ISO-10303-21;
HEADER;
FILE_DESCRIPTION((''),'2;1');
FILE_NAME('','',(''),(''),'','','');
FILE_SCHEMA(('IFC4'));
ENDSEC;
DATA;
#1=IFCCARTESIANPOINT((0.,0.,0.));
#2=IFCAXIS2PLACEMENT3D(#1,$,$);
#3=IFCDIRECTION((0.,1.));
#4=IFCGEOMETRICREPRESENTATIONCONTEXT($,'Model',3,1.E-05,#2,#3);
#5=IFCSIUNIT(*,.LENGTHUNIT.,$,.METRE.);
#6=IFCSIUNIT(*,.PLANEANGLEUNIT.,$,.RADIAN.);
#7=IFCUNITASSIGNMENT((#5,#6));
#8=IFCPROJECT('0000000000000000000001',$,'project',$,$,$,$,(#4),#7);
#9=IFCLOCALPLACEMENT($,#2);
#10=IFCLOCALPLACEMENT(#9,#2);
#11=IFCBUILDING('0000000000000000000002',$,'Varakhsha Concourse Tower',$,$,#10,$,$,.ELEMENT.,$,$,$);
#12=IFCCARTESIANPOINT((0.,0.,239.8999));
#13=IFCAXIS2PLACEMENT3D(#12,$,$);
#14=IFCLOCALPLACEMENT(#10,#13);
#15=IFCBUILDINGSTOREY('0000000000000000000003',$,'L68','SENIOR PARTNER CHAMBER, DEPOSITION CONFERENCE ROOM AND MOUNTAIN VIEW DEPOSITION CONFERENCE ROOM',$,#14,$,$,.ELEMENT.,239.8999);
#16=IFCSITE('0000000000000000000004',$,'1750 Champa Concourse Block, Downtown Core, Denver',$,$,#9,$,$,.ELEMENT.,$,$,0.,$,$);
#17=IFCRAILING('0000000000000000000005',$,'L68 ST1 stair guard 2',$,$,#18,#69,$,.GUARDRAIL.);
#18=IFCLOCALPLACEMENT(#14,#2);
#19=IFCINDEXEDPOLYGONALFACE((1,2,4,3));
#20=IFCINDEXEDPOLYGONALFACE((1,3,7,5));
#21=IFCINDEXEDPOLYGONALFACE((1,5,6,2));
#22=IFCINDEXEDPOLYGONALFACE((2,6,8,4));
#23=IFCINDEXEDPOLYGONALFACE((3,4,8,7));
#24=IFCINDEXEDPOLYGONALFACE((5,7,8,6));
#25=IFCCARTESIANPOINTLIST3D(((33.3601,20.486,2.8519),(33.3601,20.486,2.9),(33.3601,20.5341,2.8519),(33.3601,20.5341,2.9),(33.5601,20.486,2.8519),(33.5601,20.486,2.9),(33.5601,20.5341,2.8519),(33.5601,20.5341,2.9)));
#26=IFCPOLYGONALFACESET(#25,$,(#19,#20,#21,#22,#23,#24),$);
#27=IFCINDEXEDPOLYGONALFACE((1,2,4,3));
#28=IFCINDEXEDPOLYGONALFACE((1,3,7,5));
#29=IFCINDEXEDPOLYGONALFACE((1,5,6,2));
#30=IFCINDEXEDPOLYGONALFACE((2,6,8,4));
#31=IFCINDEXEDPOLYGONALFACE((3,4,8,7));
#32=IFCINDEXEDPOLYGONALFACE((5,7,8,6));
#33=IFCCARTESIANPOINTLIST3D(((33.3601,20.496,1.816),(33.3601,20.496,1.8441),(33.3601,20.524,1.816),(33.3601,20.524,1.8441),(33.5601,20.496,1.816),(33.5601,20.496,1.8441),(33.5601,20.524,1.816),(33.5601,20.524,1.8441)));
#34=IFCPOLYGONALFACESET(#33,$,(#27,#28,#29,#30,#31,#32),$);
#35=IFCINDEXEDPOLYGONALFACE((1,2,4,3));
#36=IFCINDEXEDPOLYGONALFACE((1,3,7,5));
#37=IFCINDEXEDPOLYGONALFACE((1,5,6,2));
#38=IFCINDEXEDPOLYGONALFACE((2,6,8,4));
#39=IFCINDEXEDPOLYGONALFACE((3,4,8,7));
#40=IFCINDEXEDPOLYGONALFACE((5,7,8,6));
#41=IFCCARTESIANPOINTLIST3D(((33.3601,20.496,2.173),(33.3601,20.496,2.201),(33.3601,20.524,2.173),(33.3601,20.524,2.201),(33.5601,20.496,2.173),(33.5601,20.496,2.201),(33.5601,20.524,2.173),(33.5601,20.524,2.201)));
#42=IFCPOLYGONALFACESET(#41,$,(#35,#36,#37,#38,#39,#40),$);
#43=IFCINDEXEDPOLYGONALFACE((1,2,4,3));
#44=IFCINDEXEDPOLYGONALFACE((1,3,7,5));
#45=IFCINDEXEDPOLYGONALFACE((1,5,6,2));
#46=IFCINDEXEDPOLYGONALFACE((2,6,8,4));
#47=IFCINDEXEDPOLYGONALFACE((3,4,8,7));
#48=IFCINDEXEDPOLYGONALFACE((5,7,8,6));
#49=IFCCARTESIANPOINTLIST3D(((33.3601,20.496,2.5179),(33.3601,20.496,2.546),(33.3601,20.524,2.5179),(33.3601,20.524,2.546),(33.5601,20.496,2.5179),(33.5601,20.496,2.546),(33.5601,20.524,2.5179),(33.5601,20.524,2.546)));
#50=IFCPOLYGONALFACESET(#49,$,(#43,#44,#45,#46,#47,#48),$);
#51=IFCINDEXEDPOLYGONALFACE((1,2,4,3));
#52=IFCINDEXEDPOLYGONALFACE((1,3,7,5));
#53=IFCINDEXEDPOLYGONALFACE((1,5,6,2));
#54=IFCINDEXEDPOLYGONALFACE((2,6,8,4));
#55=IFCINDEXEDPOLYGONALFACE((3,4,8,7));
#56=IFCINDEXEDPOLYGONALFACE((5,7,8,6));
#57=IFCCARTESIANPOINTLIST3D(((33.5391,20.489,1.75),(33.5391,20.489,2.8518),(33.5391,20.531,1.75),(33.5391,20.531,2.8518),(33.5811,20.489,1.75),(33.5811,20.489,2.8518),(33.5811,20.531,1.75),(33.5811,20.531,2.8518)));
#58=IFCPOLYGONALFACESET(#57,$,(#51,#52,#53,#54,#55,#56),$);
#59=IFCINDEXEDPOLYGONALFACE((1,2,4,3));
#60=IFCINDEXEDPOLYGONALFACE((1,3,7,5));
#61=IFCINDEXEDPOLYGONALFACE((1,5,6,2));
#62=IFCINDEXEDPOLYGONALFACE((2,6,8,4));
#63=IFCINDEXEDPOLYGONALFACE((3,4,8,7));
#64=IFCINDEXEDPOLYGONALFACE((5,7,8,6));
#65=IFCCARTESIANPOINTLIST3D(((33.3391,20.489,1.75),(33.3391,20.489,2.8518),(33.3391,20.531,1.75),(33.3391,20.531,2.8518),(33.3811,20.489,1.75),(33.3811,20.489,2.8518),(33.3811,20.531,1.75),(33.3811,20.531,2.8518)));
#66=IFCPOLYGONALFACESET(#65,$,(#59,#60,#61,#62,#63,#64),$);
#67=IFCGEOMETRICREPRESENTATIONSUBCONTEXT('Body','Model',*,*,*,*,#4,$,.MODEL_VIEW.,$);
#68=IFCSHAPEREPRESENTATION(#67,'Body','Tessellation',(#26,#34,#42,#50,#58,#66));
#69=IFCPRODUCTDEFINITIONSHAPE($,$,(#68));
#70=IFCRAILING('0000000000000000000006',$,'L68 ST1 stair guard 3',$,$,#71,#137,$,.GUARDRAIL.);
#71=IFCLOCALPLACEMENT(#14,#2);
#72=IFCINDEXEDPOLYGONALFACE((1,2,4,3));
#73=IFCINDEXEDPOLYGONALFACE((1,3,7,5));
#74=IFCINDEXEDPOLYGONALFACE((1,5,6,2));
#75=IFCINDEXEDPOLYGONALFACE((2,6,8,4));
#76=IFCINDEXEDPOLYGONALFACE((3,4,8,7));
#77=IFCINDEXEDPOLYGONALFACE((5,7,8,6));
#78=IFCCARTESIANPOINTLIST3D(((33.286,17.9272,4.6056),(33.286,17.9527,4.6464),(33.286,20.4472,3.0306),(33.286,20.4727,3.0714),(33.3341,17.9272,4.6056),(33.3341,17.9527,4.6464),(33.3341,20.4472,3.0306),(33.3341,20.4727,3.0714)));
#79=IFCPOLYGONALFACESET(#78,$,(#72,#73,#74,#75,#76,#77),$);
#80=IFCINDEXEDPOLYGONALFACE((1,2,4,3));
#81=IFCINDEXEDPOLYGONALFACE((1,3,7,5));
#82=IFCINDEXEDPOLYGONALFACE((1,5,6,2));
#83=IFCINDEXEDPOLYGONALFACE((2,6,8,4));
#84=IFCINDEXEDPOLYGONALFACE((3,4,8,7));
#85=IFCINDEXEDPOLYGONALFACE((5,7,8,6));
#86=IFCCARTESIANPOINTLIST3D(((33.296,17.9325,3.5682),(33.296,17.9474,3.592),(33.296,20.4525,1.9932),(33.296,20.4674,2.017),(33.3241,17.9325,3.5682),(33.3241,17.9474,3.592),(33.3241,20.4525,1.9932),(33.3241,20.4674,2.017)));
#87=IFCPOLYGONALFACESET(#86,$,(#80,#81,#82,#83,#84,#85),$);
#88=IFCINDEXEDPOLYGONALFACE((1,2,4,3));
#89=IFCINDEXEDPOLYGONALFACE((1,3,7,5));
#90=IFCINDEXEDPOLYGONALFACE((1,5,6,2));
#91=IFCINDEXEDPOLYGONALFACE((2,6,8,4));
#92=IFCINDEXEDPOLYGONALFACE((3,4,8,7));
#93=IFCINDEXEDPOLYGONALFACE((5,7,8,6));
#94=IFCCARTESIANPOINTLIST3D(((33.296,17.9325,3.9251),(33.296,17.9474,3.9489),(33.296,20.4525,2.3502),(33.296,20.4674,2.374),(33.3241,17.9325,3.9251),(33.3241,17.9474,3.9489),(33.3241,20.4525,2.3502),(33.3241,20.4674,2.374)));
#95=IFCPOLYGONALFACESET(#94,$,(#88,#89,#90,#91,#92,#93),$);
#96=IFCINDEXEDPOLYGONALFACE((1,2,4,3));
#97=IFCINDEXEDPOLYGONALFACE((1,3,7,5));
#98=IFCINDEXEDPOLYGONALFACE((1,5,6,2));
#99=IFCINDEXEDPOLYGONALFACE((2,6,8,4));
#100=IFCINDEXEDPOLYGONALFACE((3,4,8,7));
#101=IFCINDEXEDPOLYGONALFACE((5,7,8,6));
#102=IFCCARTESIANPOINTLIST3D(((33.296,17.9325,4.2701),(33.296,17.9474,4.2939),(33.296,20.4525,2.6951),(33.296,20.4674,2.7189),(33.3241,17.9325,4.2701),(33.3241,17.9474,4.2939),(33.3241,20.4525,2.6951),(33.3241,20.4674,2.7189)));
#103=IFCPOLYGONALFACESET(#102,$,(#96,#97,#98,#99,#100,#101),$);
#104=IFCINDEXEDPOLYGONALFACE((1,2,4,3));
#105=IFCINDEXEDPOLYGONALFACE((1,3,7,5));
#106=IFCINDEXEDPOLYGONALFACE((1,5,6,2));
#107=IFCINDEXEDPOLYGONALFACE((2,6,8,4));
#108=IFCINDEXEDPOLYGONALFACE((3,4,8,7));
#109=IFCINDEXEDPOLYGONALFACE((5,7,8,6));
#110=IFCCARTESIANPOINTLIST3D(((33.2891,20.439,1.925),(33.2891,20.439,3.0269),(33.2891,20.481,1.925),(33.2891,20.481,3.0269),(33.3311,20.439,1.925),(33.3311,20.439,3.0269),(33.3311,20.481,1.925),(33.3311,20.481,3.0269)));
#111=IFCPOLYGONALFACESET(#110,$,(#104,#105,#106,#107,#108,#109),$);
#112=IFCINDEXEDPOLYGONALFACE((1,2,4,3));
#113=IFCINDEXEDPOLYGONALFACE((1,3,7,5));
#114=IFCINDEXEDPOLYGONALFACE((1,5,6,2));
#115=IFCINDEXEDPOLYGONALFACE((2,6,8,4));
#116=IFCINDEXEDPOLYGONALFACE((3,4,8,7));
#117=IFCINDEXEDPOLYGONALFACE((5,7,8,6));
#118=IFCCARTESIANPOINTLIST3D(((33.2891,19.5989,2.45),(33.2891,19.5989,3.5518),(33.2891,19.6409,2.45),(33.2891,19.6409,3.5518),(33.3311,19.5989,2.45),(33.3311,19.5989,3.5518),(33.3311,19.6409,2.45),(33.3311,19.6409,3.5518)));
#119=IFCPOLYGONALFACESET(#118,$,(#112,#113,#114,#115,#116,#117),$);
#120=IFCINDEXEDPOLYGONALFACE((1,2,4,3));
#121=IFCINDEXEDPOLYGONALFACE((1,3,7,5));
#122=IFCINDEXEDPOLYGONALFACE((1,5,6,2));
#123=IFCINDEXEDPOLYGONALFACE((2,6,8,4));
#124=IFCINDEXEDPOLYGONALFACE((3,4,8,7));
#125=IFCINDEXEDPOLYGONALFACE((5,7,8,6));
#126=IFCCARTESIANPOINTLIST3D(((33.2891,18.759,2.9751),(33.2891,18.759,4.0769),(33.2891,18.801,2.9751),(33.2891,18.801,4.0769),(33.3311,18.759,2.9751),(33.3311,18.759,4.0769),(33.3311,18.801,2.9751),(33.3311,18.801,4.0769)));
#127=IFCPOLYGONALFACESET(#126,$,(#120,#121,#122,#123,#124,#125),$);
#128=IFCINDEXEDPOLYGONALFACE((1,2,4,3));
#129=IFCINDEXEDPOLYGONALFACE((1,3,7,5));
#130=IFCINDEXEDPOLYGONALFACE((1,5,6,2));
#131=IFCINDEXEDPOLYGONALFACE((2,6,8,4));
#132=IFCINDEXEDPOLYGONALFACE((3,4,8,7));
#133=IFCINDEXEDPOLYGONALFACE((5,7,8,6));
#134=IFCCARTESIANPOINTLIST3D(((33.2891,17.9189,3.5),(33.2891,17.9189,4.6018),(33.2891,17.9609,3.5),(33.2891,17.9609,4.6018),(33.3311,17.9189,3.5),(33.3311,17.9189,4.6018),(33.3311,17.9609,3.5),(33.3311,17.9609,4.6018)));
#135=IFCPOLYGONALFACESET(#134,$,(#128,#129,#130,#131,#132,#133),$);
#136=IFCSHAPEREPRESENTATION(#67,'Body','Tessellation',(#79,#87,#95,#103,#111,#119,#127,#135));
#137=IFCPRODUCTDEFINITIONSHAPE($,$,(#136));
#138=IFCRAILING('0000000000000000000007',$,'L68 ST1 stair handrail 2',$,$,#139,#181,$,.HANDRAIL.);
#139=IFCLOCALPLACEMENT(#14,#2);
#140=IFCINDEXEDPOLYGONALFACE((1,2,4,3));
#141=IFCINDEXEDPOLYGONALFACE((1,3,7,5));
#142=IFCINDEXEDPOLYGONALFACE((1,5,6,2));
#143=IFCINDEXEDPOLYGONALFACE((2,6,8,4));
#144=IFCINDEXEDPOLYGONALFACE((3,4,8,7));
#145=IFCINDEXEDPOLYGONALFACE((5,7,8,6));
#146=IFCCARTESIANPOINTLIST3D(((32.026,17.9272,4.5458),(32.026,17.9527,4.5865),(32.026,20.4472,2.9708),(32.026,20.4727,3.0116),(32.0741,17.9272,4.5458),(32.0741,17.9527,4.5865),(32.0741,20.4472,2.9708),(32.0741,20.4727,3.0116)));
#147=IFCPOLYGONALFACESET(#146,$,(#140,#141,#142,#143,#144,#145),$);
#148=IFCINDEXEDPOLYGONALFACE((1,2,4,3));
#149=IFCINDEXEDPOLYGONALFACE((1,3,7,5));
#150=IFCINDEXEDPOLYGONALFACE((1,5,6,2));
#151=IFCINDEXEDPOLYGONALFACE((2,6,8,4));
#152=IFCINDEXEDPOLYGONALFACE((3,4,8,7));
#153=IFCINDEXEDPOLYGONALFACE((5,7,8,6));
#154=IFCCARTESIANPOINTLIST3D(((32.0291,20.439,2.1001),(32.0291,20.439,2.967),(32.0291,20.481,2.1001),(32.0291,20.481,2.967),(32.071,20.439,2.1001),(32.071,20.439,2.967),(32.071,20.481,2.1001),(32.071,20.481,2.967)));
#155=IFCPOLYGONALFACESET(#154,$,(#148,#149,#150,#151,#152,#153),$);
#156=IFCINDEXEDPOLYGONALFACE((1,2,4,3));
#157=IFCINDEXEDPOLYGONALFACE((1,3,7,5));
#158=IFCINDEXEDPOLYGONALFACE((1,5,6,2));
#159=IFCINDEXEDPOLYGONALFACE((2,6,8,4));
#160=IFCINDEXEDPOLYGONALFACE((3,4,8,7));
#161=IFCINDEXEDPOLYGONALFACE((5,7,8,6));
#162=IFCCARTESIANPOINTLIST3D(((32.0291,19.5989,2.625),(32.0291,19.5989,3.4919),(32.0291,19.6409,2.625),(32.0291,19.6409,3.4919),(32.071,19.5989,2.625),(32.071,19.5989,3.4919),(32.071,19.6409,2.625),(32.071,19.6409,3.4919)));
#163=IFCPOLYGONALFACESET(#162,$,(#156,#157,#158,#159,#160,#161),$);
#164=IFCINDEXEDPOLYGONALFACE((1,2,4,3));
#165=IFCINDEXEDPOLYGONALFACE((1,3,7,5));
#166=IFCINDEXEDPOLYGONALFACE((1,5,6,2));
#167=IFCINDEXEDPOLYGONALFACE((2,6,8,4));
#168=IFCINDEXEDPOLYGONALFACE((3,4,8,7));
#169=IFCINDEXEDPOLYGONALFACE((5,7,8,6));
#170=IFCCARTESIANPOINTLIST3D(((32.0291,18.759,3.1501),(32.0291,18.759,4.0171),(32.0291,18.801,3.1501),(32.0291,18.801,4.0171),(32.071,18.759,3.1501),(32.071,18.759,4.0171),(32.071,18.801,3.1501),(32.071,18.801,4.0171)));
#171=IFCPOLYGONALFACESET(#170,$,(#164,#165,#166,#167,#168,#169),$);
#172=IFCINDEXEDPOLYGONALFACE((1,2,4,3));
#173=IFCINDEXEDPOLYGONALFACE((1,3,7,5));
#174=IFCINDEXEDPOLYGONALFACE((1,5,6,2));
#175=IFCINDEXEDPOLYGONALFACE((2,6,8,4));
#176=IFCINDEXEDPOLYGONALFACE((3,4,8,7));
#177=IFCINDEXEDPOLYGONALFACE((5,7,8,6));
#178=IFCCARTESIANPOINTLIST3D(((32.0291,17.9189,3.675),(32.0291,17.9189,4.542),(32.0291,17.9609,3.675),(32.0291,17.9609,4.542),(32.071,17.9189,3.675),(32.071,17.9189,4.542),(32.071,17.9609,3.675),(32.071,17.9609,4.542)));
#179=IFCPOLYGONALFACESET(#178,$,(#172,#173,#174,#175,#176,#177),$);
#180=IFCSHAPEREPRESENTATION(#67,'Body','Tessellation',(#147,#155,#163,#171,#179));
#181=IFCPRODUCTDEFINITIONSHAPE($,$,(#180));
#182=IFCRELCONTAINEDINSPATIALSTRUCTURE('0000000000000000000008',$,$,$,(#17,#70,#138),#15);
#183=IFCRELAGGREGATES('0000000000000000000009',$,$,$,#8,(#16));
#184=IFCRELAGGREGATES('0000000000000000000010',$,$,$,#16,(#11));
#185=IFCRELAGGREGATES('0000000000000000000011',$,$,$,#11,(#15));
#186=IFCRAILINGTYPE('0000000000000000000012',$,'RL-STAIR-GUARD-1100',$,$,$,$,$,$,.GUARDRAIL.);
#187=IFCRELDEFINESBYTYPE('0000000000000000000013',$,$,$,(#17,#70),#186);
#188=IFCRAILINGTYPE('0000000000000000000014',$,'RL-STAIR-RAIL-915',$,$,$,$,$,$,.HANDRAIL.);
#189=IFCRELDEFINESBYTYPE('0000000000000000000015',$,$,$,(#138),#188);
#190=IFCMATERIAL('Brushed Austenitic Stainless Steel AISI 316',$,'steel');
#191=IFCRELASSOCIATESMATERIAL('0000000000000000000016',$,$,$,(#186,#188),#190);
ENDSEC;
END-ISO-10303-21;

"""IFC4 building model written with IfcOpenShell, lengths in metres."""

from ifc_helpers import new_model, si_unit, direction, frame, origin, origin_2d, place, context, subcontext, project, spatial, rectangle, extrude, material, type_object, element, save


model = new_model("IFC4")

# Units and contexts
model_context = context("Model", 3, precision=1e-05, world=origin(), true_north=direction((0.0, 1.0)))
body_context = subcontext(model_context, "Body", "Model", "MODEL_VIEW")
ifc_project = project(units=[si_unit("LENGTHUNIT", "METRE"), si_unit("PLANEANGLEUNIT", "RADIAN")], contexts=[model_context])

# Site, building, storey
site_placement = place(None, origin())
site = spatial("IfcSite", under=ifc_project, at=site_placement, Name="1750 Champa Concourse Block, Downtown Core, Denver", CompositionType="ELEMENT", RefElevation=0.0)
building_placement = place(site_placement, origin())
building = spatial("IfcBuilding", under=site, at=building_placement, Name="Varakhsha Concourse Tower", CompositionType="ELEMENT")
storey_placement = place(building_placement, frame((0.0, 0.0, 239.8999)))
storey = spatial("IfcBuildingStorey", under=building, at=storey_placement, Name="L68", Description="SENIOR PARTNER CHAMBER, DEPOSITION CONFERENCE ROOM AND MOUNTAIN VIEW DEPOSITION CONFERENCE ROOM", CompositionType="ELEMENT", Elevation=239.8999)

# Shared definitions
ifc_material_1 = material(Name="Brushed Austenitic Stainless Steel AISI 316", Category="steel")

# Railings
railing_type_1 = type_object("IfcRailingType", Name="RL-STAIR-GUARD-1100", PredefinedType="GUARDRAIL", material=ifc_material_1)
railing_1_placement = place(storey_placement, frame((33.5601, 20.51, 1.75)))
element("IfcRailing", 1, at=railing_1_placement, inside=storey, type_object=railing_type_1, Name="L68 ST1 stair guard 2", PredefinedType="GUARDRAIL", context=body_context, shape_type="SweptSolid", body=[
    extrude(rectangle(XDim=0.0481, YDim=0.0481, at=origin_2d()), frame((0.0, 0.0, 1.126), z_axis=(-1.0, 0.0, 0.0), x_axis=(0.0, -1.0, 0.0)), (0.0, 0.0, 1.0), 0.2),
    extrude(rectangle(XDim=0.0281, YDim=0.0281, at=origin_2d()), frame((0.0, 0.0, 0.0801), z_axis=(-1.0, 0.0, 0.0), x_axis=(0.0, -1.0, 0.0)), (0.0, 0.0, 1.0), 0.2),
    extrude(rectangle(XDim=0.0281, YDim=0.0281, at=origin_2d()), frame((0.0, 0.0, 0.437), z_axis=(-1.0, 0.0, 0.0), x_axis=(0.0, -1.0, 0.0)), (0.0, 0.0, 1.0), 0.2),
    extrude(rectangle(XDim=0.0281, YDim=0.0281, at=origin_2d()), frame((0.0, 0.0, 0.782), z_axis=(-1.0, 0.0, 0.0), x_axis=(0.0, -1.0, 0.0)), (0.0, 0.0, 1.0), 0.2),
    extrude(rectangle(XDim=0.042, YDim=0.042, at=origin_2d()), origin(), (0.0, 0.0, 1.0), 1.1018),
    extrude(rectangle(XDim=0.042, YDim=0.042, at=origin_2d()), frame((-0.2, 0.0, 0.0)), (0.0, 0.0, 1.0), 1.1018),
])
railing_2_placement = place(storey_placement, frame((33.3101, 20.46, 1.925)))
element("IfcRailing", 2, at=railing_2_placement, inside=storey, type_object=railing_type_1, Name="L68 ST1 stair guard 3", PredefinedType="GUARDRAIL", context=body_context, shape_type="SweptSolid", body=[
    extrude(rectangle(XDim=0.0481, YDim=0.0481, at=origin_2d()), frame((0.0, 0.0, 1.126), z_axis=(0.0, -0.848008, 0.529984), x_axis=(1.0, 0.0, 0.0)), (0.0, 0.0, 1.0), 2.9717),
    extrude(rectangle(XDim=0.0281, YDim=0.0281, at=origin_2d()), frame((0.0, 0.0, 0.0801), z_axis=(0.0, -0.848008, 0.529984), x_axis=(1.0, 0.0, 0.0)), (0.0, 0.0, 1.0), 2.9717),
    extrude(rectangle(XDim=0.0281, YDim=0.0281, at=origin_2d()), frame((0.0, 0.0, 0.437), z_axis=(0.0, -0.848008, 0.529984), x_axis=(1.0, 0.0, 0.0)), (0.0, 0.0, 1.0), 2.9717),
    extrude(rectangle(XDim=0.0281, YDim=0.0281, at=origin_2d()), frame((0.0, 0.0, 0.782), z_axis=(0.0, -0.848008, 0.529984), x_axis=(1.0, 0.0, 0.0)), (0.0, 0.0, 1.0), 2.9717),
    extrude(rectangle(XDim=0.042, YDim=0.042, at=origin_2d()), origin(), (0.0, 0.0, 1.0), 1.1018),
    extrude(rectangle(XDim=0.042, YDim=0.042, at=origin_2d()), frame((0.0, -0.8401, 0.5249)), (0.0, 0.0, 1.0), 1.1018),
    extrude(rectangle(XDim=0.042, YDim=0.042, at=origin_2d()), frame((0.0, -1.6799, 1.05)), (0.0, 0.0, 1.0), 1.1018),
    extrude(rectangle(XDim=0.042, YDim=0.042, at=origin_2d()), frame((0.0, -2.52, 1.575)), (0.0, 0.0, 1.0), 1.1018),
])
railing_type_2 = type_object("IfcRailingType", Name="RL-STAIR-RAIL-915", PredefinedType="HANDRAIL", material=ifc_material_1)
railing_3_placement = place(storey_placement, frame((32.05, 20.46, 2.1001)))
element("IfcRailing", 3, at=railing_3_placement, inside=storey, type_object=railing_type_2, Name="L68 ST1 stair handrail 2", PredefinedType="HANDRAIL", context=body_context, shape_type="SweptSolid", body=[
    extrude(rectangle(XDim=0.0481, YDim=0.0481, at=origin_2d()), frame((0.0, 0.0, 0.8911), z_axis=(0.0, -0.848008, 0.529984), x_axis=(1.0, 0.0, 0.0)), (0.0, 0.0, 1.0), 2.9717),
    extrude(rectangle(XDim=0.042, YDim=0.042, at=origin_2d()), origin(), (0.0, 0.0, 1.0), 0.8669),
    extrude(rectangle(XDim=0.042, YDim=0.042, at=origin_2d()), frame((0.0, -0.8401, 0.5249)), (0.0, 0.0, 1.0), 0.8669),
    extrude(rectangle(XDim=0.042, YDim=0.042, at=origin_2d()), frame((0.0, -1.6799, 1.05)), (0.0, 0.0, 1.0), 0.8669),
    extrude(rectangle(XDim=0.042, YDim=0.042, at=origin_2d()), frame((0.0, -2.52, 1.575)), (0.0, 0.0, 1.0), 0.8669),
])

save(model, "model.ifc")
